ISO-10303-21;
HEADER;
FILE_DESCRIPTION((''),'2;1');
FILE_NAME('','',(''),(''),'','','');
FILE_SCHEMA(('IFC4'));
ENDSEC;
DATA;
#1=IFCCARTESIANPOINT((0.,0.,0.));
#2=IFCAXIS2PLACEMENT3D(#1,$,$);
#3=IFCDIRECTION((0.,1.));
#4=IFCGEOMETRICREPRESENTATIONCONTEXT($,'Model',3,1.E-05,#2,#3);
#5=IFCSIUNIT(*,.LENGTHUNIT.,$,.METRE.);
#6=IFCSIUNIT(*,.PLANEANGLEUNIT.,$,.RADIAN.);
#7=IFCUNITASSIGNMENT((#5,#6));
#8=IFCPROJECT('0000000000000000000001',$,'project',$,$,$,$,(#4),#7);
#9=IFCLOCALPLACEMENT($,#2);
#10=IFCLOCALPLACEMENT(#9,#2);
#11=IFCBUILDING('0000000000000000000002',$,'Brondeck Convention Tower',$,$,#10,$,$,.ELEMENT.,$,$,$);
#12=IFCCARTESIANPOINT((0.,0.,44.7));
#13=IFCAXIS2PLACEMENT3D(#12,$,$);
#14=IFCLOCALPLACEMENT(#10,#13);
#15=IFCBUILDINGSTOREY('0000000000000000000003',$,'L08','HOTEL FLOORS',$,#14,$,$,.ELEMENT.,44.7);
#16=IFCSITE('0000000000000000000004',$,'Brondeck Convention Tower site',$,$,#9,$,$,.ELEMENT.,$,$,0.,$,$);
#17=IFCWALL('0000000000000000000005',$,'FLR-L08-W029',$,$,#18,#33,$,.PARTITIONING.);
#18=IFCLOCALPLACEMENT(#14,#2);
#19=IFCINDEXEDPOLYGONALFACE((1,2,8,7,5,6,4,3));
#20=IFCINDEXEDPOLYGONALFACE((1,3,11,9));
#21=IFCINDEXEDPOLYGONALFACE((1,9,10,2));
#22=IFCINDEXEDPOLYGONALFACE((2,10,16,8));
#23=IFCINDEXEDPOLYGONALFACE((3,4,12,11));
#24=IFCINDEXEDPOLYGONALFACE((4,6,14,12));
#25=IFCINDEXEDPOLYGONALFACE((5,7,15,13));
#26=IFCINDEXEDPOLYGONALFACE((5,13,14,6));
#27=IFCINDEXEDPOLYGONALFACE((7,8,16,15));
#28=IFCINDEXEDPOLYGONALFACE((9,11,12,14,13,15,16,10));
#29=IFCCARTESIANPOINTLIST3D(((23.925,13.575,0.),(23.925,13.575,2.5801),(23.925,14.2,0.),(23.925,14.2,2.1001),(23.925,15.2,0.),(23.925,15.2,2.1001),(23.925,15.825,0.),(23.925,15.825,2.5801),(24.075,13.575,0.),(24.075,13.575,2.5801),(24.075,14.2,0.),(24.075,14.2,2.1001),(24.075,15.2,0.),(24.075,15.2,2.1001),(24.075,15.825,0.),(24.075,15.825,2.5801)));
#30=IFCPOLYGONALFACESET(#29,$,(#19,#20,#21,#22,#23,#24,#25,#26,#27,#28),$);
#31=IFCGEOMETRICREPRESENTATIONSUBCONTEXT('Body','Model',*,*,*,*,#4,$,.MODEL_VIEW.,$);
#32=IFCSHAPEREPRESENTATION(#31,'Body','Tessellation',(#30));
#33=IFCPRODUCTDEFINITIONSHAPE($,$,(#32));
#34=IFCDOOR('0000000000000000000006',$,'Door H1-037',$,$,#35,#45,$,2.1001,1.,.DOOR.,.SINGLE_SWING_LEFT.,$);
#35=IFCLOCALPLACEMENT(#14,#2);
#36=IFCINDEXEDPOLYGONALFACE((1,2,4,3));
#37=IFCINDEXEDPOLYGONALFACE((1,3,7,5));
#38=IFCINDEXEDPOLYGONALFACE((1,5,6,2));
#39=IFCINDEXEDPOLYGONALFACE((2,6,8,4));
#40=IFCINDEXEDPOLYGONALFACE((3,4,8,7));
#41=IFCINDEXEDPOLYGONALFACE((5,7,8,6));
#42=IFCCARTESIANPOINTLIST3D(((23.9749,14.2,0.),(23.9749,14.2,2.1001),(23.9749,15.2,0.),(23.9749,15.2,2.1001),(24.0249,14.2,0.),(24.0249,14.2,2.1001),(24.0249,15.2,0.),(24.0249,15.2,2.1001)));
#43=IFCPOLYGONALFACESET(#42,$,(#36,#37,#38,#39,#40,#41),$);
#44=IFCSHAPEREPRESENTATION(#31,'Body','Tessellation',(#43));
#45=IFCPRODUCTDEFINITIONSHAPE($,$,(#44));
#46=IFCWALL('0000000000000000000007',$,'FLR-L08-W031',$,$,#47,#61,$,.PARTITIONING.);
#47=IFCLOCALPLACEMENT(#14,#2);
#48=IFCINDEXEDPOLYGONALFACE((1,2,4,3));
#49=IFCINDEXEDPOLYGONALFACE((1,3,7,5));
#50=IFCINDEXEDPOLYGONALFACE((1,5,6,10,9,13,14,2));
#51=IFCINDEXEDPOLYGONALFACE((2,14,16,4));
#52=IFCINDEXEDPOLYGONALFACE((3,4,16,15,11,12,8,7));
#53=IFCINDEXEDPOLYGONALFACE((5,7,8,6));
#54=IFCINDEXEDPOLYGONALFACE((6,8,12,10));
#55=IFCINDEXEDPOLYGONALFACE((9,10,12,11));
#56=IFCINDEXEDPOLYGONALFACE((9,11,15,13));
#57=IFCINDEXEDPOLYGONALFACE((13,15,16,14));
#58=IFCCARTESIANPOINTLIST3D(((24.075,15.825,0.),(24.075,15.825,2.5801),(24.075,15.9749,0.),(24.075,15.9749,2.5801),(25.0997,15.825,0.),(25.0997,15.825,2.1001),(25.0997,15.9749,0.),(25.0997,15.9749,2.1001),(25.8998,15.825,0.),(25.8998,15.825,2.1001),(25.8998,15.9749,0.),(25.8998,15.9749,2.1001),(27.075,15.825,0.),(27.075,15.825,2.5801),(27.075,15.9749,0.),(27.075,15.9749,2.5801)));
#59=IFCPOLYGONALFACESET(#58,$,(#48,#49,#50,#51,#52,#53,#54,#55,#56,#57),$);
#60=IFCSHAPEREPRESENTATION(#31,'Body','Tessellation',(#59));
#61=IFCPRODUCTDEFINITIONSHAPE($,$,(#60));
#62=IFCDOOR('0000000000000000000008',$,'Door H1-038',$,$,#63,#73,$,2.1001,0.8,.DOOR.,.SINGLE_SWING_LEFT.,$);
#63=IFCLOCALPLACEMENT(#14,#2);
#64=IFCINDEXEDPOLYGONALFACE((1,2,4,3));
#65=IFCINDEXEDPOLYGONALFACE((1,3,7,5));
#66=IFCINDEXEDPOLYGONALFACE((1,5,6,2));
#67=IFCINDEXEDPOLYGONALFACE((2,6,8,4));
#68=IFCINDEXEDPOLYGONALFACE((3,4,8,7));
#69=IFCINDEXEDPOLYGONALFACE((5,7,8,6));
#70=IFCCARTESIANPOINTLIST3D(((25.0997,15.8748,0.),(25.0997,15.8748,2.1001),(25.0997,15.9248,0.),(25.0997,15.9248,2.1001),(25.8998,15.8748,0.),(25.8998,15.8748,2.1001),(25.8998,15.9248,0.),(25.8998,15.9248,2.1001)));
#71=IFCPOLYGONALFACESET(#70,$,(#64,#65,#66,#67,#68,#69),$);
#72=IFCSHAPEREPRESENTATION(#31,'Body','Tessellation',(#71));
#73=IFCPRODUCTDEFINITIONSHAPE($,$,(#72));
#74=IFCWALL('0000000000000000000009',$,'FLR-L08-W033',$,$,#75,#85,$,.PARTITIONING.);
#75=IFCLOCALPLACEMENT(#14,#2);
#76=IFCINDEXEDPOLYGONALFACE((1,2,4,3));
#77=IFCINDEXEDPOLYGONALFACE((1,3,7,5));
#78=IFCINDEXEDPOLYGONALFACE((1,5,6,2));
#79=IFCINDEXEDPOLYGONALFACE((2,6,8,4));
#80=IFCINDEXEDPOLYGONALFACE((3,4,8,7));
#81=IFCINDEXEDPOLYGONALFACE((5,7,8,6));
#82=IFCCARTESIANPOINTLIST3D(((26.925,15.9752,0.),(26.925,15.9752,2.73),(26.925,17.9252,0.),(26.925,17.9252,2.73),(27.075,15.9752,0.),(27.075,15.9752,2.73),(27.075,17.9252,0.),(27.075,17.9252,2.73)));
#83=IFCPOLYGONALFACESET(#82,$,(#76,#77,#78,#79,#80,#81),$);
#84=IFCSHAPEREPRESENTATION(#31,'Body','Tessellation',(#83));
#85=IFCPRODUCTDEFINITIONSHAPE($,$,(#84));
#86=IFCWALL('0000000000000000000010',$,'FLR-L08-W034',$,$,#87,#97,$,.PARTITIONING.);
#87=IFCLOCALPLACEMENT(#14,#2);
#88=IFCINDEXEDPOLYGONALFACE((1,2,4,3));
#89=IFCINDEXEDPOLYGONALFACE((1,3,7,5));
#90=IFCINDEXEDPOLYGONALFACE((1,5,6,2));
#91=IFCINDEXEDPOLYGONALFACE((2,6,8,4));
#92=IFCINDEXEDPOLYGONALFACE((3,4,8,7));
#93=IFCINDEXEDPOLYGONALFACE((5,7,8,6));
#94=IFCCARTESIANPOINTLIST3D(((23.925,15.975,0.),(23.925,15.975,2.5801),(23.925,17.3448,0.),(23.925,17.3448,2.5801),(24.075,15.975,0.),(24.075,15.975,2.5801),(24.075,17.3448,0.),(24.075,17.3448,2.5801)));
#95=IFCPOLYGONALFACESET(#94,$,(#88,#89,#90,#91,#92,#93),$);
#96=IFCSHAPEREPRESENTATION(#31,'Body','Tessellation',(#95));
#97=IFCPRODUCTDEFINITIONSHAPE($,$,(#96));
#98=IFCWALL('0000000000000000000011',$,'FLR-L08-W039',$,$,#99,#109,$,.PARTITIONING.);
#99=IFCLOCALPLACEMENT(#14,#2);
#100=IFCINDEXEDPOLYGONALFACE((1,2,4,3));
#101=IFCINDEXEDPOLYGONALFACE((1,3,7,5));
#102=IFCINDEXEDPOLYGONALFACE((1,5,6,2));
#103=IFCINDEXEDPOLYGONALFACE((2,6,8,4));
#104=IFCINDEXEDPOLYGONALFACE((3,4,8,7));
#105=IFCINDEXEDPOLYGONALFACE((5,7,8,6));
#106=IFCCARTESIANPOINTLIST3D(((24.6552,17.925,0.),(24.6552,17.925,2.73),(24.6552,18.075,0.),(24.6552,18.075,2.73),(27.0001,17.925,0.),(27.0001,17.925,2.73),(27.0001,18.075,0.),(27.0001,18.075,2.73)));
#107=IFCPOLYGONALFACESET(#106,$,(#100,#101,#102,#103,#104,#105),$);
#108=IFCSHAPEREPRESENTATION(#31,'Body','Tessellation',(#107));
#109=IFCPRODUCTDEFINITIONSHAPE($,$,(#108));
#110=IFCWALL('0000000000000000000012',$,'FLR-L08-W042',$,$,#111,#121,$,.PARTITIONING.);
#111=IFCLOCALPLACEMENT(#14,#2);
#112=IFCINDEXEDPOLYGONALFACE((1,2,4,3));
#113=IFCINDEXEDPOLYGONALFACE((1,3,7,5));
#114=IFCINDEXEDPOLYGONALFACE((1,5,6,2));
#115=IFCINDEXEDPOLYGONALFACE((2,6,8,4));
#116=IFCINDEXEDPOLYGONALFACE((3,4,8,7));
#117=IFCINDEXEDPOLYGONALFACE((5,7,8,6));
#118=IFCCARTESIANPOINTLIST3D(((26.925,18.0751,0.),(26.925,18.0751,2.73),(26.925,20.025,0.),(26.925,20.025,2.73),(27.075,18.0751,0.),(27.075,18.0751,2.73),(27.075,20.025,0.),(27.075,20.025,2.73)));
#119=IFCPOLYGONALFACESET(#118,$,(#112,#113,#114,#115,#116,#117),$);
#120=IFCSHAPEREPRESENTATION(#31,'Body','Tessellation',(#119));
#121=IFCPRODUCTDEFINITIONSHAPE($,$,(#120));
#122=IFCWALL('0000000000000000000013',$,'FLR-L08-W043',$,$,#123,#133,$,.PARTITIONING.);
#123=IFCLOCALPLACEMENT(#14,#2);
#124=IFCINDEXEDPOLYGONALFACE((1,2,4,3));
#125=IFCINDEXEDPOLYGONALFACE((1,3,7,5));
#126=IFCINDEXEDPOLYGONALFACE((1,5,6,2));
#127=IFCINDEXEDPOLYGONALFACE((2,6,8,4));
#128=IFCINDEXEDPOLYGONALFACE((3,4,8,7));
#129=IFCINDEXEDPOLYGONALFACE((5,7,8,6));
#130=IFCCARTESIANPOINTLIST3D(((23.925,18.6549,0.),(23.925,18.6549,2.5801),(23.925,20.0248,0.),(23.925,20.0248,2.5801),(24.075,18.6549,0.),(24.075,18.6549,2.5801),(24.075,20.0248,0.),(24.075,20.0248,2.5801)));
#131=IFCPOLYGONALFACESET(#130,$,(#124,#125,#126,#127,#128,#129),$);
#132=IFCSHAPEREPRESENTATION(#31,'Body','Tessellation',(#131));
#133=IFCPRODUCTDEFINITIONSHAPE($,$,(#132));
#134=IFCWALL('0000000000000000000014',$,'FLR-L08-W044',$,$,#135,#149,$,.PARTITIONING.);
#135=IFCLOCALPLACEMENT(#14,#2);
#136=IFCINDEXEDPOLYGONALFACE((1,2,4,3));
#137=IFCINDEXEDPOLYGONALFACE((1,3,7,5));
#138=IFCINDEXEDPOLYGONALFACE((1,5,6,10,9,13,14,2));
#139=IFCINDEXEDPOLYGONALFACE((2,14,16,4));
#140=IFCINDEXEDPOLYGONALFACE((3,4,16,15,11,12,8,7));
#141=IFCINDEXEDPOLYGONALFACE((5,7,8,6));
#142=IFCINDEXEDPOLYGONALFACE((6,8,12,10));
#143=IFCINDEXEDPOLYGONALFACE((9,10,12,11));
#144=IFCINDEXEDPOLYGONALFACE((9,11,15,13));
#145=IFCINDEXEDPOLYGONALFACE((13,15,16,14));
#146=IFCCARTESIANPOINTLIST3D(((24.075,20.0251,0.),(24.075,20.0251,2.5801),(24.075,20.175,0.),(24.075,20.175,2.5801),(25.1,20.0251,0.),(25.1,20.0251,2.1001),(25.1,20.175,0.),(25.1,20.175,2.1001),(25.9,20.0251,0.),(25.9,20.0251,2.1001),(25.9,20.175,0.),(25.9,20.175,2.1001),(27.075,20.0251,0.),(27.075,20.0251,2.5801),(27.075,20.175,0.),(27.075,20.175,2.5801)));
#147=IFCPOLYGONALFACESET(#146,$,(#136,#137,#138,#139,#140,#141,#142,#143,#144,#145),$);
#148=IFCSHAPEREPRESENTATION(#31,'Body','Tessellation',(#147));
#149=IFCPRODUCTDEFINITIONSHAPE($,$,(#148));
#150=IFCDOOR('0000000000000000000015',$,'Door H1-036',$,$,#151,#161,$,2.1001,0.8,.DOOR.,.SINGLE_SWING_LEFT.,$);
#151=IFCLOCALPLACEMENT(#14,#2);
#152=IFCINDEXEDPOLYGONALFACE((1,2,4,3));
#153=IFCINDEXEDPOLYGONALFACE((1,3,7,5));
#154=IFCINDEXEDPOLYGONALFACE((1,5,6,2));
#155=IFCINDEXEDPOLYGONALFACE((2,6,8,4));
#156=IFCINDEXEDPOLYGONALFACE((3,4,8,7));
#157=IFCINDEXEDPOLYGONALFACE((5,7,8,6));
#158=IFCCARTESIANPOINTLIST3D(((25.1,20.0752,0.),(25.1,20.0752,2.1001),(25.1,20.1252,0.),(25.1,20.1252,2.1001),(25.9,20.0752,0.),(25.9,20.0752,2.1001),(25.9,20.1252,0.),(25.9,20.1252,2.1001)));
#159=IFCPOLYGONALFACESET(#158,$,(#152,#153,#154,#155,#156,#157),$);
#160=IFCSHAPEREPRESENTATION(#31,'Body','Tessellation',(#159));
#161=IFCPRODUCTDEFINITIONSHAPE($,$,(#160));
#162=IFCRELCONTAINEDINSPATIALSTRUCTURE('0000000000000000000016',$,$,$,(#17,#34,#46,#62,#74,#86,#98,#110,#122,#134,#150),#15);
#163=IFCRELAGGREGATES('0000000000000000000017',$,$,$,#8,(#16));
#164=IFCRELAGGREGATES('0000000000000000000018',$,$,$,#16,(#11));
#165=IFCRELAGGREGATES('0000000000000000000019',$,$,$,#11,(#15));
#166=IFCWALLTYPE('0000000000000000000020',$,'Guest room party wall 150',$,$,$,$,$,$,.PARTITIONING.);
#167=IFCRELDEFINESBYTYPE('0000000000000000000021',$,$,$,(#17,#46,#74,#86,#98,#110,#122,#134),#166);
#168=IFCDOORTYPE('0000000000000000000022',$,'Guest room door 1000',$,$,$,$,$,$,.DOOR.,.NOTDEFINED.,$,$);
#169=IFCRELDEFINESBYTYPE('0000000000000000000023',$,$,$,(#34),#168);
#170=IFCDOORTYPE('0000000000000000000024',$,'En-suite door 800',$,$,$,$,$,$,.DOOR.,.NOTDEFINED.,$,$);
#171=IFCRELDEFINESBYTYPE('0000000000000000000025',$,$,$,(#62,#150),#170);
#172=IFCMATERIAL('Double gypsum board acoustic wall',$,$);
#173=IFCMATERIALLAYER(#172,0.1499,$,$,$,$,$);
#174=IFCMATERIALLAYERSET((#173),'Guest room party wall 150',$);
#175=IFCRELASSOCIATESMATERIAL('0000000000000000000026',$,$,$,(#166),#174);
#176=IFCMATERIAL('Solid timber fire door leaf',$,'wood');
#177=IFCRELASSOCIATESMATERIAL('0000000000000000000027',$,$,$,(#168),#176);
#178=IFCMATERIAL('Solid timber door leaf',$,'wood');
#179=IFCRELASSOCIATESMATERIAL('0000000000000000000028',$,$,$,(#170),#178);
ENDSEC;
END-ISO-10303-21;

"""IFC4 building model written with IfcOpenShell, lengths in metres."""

from ifc_helpers import new_model, si_unit, direction, frame, frame_2d, origin, place, context, subcontext, project, spatial, rectangle, extrude, material, layer, layer_set, type_object, element, fill, save


model = new_model("IFC4")

# Units and contexts
model_context = context("Model", 3, precision=1e-05, world=origin(), true_north=direction((0.0, 1.0)))
body_context = subcontext(model_context, "Body", "Model", "MODEL_VIEW")
ifc_project = project(units=[si_unit("LENGTHUNIT", "METRE"), si_unit("PLANEANGLEUNIT", "RADIAN")], contexts=[model_context])

# Site, building, storey
site_placement = place(None, origin())
site = spatial("IfcSite", under=ifc_project, at=site_placement, Name="Brondeck Convention Tower site", CompositionType="ELEMENT", RefElevation=0.0)
building_placement = place(site_placement, origin())
building = spatial("IfcBuilding", under=site, at=building_placement, Name="Brondeck Convention Tower", CompositionType="ELEMENT")
storey_placement = place(building_placement, frame((0.0, 0.0, 44.7)))
storey = spatial("IfcBuildingStorey", under=building, at=storey_placement, Name="L08", Description="HOTEL FLOORS", CompositionType="ELEMENT", Elevation=44.7)

# Walls, openings, doors
ifc_material_1 = material(Name="Double gypsum board acoustic wall")
ifc_layer_1 = layer(ifc_material_1, 0.1499)
ifc_layer_set_1 = layer_set([ifc_layer_1], Name="Guest room party wall 150")
wall_type_1 = type_object("IfcWallType", Name="Guest room party wall 150", PredefinedType="PARTITIONING", material=ifc_layer_set_1)
ifc_material_2 = material(Name="Solid timber fire door leaf", Category="wood")
door_type_1 = type_object("IfcDoorType", Name="Guest room door 1000", OperationType="NOTDEFINED", PredefinedType="DOOR", material=ifc_material_2)
wall_1_placement = place(storey_placement, frame((24.0, 15.825, 0.0), z_axis=(0.0, 0.0, 1.0), x_axis=(0.0, -1.0, 0.0)))
wall_1 = element("IfcWall", 1, at=wall_1_placement, inside=storey, type_object=wall_type_1, Name="FLR-L08-W029", PredefinedType="PARTITIONING", context=body_context, shape_type="SweptSolid", body=[
    extrude(rectangle(XDim=2.25, YDim=0.1499, at=frame_2d((1.125, 0.0))), origin(), (0.0, 0.0, 1.0), 2.5801),
])
opening_1_placement = place(wall_1_placement, frame((0.625, 0.0, 0.0)))
opening_1 = element("IfcOpeningElement", 2, at=opening_1_placement, cuts=wall_1, PredefinedType="OPENING", context=body_context, shape_type="SweptSolid", body=[
    extrude(rectangle(XDim=1.0, YDim=2.1001, at=frame_2d((0.5, 1.05))), frame((0.0, 0.085, 0.0), z_axis=(0.0, -1.0, 0.0), x_axis=(1.0, 0.0, 0.0)), (0.0, 0.0, 1.0), 0.1699),
])
door_1_placement = place(opening_1_placement, origin())
door_1 = element("IfcDoor", 3, at=door_1_placement, inside=storey, type_object=door_type_1, Name="Door H1-037", OperationType="SINGLE_SWING_LEFT", OverallHeight=2.1001, OverallWidth=1.0, PredefinedType="DOOR", context=body_context, shape_type="SweptSolid", body=[
    extrude(rectangle(XDim=1.0, YDim=2.1001, at=frame_2d((0.5, 1.05))), frame((0.0, 0.0249, 0.0), z_axis=(0.0, -1.0, 0.0), x_axis=(1.0, 0.0, 0.0)), (0.0, 0.0, 1.0), 0.05),
])
fill(opening_1, door_1)
wall_2_placement = place(storey_placement, frame((24.075, 15.8999, 0.0), z_axis=(0.0, 0.0, 1.0), x_axis=(1.0, 0.0, 0.0)))
wall_2 = element("IfcWall", 4, at=wall_2_placement, inside=storey, type_object=wall_type_1, Name="FLR-L08-W031", PredefinedType="PARTITIONING", context=body_context, shape_type="SweptSolid", body=[
    extrude(rectangle(XDim=3.0, YDim=0.1499, at=frame_2d((1.5, 0.0))), origin(), (0.0, 0.0, 1.0), 2.5801),
])
opening_2_placement = place(wall_2_placement, frame((1.0249, 0.0, 0.0)))
opening_2 = element("IfcOpeningElement", 5, at=opening_2_placement, cuts=wall_2, PredefinedType="OPENING", context=body_context, shape_type="SweptSolid", body=[
    extrude(rectangle(XDim=0.8, YDim=2.1001, at=frame_2d((0.3999, 1.05))), frame((0.0, 0.085, 0.0), z_axis=(0.0, -1.0, 0.0), x_axis=(1.0, 0.0, 0.0)), (0.0, 0.0, 1.0), 0.1699),
])
ifc_material_3 = material(Name="Solid timber door leaf", Category="wood")
door_type_2 = type_object("IfcDoorType", Name="En-suite door 800", OperationType="NOTDEFINED", PredefinedType="DOOR", material=ifc_material_3)
door_2_placement = place(opening_2_placement, origin())
door_2 = element("IfcDoor", 6, at=door_2_placement, inside=storey, type_object=door_type_2, Name="Door H1-038", OperationType="SINGLE_SWING_LEFT", OverallHeight=2.1001, OverallWidth=0.8, PredefinedType="DOOR", context=body_context, shape_type="SweptSolid", body=[
    extrude(rectangle(XDim=0.8, YDim=2.1001, at=frame_2d((0.3999, 1.05))), frame((0.0, 0.0249, 0.0), z_axis=(0.0, -1.0, 0.0), x_axis=(1.0, 0.0, 0.0)), (0.0, 0.0, 1.0), 0.05),
])
fill(opening_2, door_2)

# Walls
wall_3_placement = place(storey_placement, frame((27.0, 15.9751, 0.0), z_axis=(0.0, 0.0, 1.0), x_axis=(0.0, 1.0, 0.0)))
element("IfcWall", 7, at=wall_3_placement, inside=storey, type_object=wall_type_1, Name="FLR-L08-W033", PredefinedType="PARTITIONING", context=body_context, shape_type="SweptSolid", body=[
    extrude(rectangle(XDim=1.95, YDim=0.1499, at=frame_2d((0.9751, 0.0))), origin(), (0.0, 0.0, 1.0), 2.73),
])
wall_4_placement = place(storey_placement, frame((24.0, 17.345, 0.0), z_axis=(0.0, 0.0, 1.0), x_axis=(0.0, -1.0, 0.0)))
element("IfcWall", 8, at=wall_4_placement, inside=storey, type_object=wall_type_1, Name="FLR-L08-W034", PredefinedType="PARTITIONING", context=body_context, shape_type="SweptSolid", body=[
    extrude(rectangle(XDim=1.3699, YDim=0.1499, at=frame_2d((0.6851, 0.0))), origin(), (0.0, 0.0, 1.0), 2.5801),
])
wall_5_placement = place(storey_placement, frame((27.0, 18.0, 0.0), z_axis=(0.0, 0.0, 1.0), x_axis=(-1.0, 0.0, 0.0)))
element("IfcWall", 9, at=wall_5_placement, inside=storey, type_object=wall_type_1, Name="FLR-L08-W039", PredefinedType="PARTITIONING", context=body_context, shape_type="SweptSolid", body=[
    extrude(rectangle(XDim=2.345, YDim=0.1499, at=frame_2d((1.1724, 0.0))), origin(), (0.0, 0.0, 1.0), 2.73),
])
wall_6_placement = place(storey_placement, frame((27.0, 18.075, 0.0), z_axis=(0.0, 0.0, 1.0), x_axis=(0.0, 1.0, 0.0)))
element("IfcWall", 10, at=wall_6_placement, inside=storey, type_object=wall_type_1, Name="FLR-L08-W042", PredefinedType="PARTITIONING", context=body_context, shape_type="SweptSolid", body=[
    extrude(rectangle(XDim=1.95, YDim=0.1499, at=frame_2d((0.9751, 0.0))), origin(), (0.0, 0.0, 1.0), 2.73),
])
wall_7_placement = place(storey_placement, frame((24.0, 20.0249, 0.0), z_axis=(0.0, 0.0, 1.0), x_axis=(0.0, -1.0, 0.0)))
element("IfcWall", 11, at=wall_7_placement, inside=storey, type_object=wall_type_1, Name="FLR-L08-W043", PredefinedType="PARTITIONING", context=body_context, shape_type="SweptSolid", body=[
    extrude(rectangle(XDim=1.3699, YDim=0.1499, at=frame_2d((0.6851, 0.0))), origin(), (0.0, 0.0, 1.0), 2.5801),
])

# Wall, opening, door
wall_8_placement = place(storey_placement, frame((27.075, 20.1001, 0.0), z_axis=(0.0, 0.0, 1.0), x_axis=(-1.0, 0.0, 0.0)))
wall_8 = element("IfcWall", 12, at=wall_8_placement, inside=storey, type_object=wall_type_1, Name="FLR-L08-W044", PredefinedType="PARTITIONING", context=body_context, shape_type="SweptSolid", body=[
    extrude(rectangle(XDim=3.0, YDim=0.1499, at=frame_2d((1.5, 0.0))), origin(), (0.0, 0.0, 1.0), 2.5801),
])
opening_3_placement = place(wall_8_placement, frame((1.175, 0.0, 0.0)))
opening_3 = element("IfcOpeningElement", 13, at=opening_3_placement, cuts=wall_8, PredefinedType="OPENING", context=body_context, shape_type="SweptSolid", body=[
    extrude(rectangle(XDim=0.8, YDim=2.1001, at=frame_2d((0.3999, 1.05))), frame((0.0, 0.085, 0.0), z_axis=(0.0, -1.0, 0.0), x_axis=(1.0, 0.0, 0.0)), (0.0, 0.0, 1.0), 0.1699),
])
door_3_placement = place(opening_3_placement, origin())
door_3 = element("IfcDoor", 14, at=door_3_placement, inside=storey, type_object=door_type_2, Name="Door H1-036", OperationType="SINGLE_SWING_LEFT", OverallHeight=2.1001, OverallWidth=0.8, PredefinedType="DOOR", context=body_context, shape_type="SweptSolid", body=[
    extrude(rectangle(XDim=0.8, YDim=2.1001, at=frame_2d((0.3999, 1.05))), frame((0.0, 0.0249, 0.0), z_axis=(0.0, -1.0, 0.0), x_axis=(1.0, 0.0, 0.0)), (0.0, 0.0, 1.0), 0.05),
])
fill(opening_3, door_3)

save(model, "model.ifc")
